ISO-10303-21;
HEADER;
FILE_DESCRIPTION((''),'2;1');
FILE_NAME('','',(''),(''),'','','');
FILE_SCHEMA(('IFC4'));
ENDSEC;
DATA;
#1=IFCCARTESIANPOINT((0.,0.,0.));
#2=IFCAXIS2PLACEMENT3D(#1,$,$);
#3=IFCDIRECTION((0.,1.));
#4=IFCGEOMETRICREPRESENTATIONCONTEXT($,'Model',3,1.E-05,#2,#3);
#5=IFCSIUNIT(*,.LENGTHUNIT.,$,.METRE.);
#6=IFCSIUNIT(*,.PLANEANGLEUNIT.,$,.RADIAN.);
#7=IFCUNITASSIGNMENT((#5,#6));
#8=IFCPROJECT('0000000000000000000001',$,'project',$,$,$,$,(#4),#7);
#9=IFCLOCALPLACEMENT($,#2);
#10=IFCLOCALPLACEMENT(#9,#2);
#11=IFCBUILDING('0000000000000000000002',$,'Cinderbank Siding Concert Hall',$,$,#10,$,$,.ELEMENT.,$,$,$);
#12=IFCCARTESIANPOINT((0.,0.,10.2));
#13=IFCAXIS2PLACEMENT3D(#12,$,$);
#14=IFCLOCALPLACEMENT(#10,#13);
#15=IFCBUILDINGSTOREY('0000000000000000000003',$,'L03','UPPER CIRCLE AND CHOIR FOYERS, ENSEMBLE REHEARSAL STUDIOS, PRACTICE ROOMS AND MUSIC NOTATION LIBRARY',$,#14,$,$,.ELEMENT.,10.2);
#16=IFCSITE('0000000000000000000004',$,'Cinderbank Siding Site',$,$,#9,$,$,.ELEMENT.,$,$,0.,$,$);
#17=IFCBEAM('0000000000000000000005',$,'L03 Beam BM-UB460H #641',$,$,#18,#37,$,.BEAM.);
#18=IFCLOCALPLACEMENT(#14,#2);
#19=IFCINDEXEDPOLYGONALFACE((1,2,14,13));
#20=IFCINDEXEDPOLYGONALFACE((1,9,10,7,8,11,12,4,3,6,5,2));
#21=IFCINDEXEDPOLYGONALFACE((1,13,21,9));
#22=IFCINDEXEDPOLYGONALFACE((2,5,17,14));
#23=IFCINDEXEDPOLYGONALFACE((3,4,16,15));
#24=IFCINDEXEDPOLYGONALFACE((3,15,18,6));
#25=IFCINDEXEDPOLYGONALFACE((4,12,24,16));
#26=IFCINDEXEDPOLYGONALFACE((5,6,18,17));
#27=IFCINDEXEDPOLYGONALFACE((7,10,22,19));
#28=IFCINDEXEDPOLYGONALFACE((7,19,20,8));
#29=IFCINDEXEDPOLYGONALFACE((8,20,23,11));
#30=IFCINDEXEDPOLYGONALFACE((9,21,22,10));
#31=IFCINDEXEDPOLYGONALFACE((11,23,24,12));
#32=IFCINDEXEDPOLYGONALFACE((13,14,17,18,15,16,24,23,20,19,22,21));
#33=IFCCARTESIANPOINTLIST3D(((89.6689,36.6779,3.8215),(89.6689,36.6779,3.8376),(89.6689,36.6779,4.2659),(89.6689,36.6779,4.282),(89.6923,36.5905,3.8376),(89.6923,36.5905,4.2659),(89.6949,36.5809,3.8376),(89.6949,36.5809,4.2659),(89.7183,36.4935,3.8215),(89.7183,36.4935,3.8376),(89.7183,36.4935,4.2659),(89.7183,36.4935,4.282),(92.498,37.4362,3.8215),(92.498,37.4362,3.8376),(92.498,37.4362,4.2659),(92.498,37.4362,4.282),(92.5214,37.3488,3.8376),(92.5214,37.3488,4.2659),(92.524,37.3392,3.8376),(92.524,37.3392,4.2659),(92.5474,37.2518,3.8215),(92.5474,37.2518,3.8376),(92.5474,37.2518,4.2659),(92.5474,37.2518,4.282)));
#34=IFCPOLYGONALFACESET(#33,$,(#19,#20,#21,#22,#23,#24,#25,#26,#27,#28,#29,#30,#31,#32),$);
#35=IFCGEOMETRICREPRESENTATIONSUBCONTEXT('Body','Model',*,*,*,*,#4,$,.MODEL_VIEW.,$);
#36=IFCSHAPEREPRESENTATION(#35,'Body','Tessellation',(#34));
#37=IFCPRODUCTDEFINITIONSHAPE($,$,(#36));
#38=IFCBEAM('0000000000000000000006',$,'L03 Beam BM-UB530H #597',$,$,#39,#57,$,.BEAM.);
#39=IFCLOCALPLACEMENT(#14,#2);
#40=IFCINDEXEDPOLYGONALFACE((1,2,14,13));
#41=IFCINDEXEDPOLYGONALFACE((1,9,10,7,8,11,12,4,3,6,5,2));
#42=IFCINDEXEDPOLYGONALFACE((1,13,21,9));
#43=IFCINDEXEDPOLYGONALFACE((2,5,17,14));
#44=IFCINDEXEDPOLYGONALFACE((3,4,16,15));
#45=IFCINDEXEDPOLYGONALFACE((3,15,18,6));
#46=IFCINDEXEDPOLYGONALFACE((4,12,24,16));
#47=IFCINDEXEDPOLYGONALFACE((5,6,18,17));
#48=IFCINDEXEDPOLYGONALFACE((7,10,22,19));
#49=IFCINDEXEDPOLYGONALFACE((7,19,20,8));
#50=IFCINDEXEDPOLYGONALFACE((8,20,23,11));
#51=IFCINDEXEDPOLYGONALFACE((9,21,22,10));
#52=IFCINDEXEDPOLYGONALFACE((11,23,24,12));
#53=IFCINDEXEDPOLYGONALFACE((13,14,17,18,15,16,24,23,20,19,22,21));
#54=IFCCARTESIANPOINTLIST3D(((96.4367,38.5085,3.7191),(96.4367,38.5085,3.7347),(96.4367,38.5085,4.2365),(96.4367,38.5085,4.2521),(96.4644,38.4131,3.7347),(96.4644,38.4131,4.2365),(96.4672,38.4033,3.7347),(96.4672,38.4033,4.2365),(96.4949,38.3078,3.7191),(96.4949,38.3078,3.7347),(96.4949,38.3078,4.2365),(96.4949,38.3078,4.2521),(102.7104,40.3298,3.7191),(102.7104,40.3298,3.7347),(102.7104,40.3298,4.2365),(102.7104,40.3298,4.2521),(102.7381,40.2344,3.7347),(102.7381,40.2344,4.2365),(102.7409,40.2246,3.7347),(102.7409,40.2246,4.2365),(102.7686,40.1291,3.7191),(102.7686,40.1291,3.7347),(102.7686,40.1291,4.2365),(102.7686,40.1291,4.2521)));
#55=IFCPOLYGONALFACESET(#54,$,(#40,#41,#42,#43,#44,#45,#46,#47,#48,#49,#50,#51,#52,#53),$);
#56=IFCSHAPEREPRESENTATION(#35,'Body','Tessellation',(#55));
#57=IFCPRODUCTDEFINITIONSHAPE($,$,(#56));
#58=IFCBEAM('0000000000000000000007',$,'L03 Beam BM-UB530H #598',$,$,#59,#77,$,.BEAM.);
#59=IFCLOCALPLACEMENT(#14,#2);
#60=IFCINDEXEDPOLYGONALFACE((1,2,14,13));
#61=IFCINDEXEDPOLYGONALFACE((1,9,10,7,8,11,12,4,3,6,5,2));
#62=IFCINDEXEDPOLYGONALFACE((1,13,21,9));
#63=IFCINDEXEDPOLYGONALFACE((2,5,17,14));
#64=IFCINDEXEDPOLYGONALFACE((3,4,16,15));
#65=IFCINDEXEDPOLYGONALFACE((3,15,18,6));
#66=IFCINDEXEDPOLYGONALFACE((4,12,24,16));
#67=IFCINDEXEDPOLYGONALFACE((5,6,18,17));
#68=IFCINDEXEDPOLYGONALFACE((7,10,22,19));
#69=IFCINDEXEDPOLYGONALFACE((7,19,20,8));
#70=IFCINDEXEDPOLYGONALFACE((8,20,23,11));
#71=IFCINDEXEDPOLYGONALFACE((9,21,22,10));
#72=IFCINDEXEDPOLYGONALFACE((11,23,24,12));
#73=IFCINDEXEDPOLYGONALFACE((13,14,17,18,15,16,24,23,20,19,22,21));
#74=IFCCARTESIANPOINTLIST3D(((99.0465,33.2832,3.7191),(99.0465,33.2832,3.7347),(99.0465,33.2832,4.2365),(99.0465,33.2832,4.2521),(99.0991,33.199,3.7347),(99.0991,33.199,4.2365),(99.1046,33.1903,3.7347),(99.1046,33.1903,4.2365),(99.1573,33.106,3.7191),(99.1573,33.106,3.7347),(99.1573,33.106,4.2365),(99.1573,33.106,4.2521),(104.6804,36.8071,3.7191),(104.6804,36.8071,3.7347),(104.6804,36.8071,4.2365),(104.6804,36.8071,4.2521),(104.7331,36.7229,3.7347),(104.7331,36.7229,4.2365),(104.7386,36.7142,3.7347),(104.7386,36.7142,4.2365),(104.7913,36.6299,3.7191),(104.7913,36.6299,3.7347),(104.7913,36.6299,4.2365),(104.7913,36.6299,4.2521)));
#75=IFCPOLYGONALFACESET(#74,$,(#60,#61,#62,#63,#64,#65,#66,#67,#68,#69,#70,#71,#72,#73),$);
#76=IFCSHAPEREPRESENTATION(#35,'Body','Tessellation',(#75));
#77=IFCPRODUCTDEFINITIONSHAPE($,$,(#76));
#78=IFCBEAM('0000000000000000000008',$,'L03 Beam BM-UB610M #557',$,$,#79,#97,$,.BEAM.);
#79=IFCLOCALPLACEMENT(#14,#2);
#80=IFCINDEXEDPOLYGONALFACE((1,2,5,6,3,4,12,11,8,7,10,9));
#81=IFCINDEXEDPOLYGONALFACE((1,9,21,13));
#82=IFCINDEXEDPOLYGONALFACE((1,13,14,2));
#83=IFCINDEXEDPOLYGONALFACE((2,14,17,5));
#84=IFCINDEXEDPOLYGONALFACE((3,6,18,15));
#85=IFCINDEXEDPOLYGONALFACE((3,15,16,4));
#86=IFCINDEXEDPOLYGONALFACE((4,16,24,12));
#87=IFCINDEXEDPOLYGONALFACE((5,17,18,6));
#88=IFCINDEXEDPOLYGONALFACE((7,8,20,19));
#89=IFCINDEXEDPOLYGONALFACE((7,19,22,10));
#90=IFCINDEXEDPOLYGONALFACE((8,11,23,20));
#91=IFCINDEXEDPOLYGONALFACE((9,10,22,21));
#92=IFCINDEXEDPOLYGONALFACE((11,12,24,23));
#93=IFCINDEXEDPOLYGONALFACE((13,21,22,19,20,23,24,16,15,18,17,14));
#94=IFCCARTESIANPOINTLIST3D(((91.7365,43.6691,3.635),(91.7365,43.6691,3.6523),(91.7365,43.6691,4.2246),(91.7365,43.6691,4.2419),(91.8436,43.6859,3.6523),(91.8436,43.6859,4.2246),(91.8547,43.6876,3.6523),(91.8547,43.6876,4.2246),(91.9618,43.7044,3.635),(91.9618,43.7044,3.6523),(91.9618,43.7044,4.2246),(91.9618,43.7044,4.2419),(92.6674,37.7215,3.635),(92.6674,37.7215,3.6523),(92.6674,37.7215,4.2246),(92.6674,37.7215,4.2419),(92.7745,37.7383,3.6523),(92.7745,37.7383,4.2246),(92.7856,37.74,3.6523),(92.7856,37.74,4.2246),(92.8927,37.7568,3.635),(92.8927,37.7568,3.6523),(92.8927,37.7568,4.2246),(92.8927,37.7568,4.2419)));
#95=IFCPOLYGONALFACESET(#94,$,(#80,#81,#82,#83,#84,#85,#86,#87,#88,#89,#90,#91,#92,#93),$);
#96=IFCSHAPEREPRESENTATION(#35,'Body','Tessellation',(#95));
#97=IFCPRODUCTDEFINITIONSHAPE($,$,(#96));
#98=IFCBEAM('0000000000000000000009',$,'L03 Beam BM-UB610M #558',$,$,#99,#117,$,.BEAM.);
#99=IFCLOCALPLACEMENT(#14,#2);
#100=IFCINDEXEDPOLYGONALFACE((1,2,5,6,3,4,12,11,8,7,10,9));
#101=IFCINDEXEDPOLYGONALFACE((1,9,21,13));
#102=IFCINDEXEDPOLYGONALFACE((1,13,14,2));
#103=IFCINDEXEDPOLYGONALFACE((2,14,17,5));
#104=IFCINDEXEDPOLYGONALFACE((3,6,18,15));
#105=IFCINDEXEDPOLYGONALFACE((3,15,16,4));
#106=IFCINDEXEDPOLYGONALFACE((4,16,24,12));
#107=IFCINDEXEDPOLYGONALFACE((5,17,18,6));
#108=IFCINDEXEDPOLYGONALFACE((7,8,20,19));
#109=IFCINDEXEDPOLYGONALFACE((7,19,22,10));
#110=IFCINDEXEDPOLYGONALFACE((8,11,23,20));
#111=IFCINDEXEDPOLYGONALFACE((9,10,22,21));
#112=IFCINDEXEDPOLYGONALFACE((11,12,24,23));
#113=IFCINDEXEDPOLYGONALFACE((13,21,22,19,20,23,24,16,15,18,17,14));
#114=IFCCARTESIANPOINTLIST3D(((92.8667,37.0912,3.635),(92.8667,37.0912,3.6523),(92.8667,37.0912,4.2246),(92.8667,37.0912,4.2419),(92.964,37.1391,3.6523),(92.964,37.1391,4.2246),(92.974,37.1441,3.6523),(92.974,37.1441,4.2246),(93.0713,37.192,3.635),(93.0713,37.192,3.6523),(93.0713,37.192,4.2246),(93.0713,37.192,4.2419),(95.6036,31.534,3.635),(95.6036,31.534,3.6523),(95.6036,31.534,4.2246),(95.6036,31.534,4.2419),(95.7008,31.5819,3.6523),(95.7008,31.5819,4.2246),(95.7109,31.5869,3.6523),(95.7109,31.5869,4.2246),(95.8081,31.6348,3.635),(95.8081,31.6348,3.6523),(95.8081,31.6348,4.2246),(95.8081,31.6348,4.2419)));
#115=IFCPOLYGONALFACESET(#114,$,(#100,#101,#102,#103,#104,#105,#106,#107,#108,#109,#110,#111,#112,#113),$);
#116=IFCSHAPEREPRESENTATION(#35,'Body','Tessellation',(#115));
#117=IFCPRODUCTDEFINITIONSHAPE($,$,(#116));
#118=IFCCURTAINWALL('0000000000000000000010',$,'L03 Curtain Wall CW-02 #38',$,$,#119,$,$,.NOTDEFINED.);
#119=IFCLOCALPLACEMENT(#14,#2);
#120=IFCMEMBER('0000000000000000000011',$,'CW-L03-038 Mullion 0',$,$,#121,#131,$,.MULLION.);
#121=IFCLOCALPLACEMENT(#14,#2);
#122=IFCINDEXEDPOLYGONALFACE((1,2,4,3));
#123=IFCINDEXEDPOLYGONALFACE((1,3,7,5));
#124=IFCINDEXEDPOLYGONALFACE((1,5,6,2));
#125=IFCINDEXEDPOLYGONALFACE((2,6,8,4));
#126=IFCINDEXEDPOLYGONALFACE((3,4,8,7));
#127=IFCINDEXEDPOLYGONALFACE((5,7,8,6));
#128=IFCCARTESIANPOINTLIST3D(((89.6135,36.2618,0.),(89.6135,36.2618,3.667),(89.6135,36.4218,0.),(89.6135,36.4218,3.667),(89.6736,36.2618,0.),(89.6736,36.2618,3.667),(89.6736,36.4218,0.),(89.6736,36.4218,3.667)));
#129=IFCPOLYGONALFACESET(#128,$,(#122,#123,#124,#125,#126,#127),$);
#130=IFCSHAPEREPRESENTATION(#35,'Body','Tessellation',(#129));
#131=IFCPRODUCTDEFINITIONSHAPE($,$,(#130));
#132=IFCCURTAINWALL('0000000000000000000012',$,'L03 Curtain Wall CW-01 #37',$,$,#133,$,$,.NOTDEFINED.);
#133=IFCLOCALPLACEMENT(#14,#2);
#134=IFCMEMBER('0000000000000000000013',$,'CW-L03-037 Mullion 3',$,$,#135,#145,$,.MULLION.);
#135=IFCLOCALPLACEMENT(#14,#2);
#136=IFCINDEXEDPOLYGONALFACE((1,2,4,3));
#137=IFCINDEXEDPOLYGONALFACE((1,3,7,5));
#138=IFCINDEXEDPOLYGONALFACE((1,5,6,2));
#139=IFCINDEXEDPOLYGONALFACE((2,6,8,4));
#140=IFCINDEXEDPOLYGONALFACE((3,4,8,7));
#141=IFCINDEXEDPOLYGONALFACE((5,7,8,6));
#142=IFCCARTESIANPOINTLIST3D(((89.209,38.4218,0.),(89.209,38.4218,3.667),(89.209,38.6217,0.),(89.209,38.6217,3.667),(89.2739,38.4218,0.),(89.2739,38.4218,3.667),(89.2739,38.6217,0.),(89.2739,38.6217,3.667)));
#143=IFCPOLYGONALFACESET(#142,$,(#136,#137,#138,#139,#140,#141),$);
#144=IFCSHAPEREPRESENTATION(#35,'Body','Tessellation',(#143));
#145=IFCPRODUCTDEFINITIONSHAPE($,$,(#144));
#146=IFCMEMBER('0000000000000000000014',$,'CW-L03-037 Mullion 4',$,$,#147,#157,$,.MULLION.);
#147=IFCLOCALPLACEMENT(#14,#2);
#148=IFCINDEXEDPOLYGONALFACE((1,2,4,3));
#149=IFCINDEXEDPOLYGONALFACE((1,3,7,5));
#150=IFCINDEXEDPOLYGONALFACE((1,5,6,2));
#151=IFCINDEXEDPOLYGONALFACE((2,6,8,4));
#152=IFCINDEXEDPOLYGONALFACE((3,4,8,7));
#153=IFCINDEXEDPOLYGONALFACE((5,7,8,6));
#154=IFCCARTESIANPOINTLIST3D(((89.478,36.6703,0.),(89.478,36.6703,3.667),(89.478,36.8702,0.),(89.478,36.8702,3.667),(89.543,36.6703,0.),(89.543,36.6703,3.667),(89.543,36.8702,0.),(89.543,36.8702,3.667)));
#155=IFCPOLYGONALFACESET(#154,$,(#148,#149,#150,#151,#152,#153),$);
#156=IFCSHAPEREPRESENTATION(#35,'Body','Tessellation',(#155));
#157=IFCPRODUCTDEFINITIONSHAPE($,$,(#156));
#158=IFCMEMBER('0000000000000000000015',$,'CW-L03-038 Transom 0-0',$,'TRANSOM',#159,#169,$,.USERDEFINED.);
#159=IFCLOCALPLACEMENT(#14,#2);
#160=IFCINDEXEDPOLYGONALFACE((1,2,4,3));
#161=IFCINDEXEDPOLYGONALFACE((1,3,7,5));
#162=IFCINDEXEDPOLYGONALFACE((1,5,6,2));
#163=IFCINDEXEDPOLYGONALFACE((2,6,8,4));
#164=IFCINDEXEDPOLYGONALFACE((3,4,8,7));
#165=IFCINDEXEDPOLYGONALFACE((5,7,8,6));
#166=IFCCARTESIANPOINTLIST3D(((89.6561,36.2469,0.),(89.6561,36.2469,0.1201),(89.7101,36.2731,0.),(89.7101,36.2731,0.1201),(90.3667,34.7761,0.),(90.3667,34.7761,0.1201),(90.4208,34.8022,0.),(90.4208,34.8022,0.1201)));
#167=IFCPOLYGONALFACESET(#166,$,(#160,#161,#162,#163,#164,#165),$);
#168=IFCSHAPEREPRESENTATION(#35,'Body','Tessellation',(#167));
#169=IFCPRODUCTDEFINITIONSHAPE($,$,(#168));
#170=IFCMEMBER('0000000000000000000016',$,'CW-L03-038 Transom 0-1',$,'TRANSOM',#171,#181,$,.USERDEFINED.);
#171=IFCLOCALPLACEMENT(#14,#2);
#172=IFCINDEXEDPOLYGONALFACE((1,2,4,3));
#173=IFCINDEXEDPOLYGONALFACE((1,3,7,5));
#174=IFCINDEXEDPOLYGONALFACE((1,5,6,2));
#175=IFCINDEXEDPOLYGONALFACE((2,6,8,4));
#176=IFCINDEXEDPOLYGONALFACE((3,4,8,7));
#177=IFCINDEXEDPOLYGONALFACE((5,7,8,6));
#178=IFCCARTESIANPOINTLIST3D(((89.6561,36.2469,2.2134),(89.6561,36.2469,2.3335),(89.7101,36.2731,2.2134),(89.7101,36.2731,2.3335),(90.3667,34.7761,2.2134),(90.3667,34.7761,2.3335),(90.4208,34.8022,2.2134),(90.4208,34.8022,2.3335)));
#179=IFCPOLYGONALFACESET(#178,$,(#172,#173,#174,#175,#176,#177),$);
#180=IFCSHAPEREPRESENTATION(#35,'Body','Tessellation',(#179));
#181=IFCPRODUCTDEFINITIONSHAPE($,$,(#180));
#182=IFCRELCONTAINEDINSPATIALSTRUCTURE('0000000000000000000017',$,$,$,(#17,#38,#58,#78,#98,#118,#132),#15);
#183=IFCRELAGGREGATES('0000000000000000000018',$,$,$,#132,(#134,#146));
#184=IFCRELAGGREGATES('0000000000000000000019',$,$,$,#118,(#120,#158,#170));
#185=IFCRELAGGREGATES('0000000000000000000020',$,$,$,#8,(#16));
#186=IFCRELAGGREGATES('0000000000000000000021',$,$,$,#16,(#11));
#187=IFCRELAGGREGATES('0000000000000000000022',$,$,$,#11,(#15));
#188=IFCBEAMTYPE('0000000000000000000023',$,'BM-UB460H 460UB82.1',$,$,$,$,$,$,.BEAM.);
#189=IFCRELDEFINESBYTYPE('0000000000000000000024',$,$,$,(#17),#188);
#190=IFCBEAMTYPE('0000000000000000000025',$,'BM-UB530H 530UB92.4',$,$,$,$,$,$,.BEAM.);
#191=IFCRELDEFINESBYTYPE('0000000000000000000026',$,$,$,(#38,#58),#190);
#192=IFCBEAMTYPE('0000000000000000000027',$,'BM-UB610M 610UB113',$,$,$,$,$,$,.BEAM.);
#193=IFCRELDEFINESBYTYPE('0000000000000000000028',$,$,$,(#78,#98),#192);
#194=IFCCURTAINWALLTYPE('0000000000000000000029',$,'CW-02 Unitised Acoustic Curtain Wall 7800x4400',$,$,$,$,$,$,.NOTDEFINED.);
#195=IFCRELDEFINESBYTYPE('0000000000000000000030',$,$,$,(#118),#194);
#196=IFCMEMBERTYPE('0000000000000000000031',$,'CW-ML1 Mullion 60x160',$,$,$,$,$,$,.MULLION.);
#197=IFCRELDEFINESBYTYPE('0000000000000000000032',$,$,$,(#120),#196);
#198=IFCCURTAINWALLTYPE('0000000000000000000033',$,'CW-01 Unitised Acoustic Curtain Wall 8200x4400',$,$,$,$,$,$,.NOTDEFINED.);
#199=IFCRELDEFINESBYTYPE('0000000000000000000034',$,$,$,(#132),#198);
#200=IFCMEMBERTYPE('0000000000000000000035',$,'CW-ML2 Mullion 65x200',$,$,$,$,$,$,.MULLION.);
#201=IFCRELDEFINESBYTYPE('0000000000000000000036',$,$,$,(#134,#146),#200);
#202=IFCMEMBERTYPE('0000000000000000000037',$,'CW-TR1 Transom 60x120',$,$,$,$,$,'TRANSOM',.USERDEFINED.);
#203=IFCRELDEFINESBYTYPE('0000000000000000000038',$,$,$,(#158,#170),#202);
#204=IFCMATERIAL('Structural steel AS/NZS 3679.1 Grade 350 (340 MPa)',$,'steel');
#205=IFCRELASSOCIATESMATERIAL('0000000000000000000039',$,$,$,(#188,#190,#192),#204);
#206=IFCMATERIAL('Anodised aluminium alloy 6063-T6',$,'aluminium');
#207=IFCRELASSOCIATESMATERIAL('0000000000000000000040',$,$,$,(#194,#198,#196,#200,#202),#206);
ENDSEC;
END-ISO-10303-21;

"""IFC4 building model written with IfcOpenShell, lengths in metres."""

from ifc_helpers import new_model, si_unit, direction, frame, origin, origin_2d, place, context, subcontext, project, spatial, rectangle, i_section, extrude, material, material_profile, profile_set, type_object, element, aggregate, save


model = new_model("IFC4")

# Units and contexts
model_context = context("Model", 3, precision=1e-05, world=origin(), true_north=direction((0.0, 1.0)))
body_context = subcontext(model_context, "Body", "Model", "MODEL_VIEW")
ifc_project = project(units=[si_unit("LENGTHUNIT", "METRE"), si_unit("PLANEANGLEUNIT", "RADIAN")], contexts=[model_context])

# Site, building, storey
site_placement = place(None, origin())
site = spatial("IfcSite", under=ifc_project, at=site_placement, Name="Cinderbank Siding Site", CompositionType="ELEMENT", RefElevation=0.0)
building_placement = place(site_placement, origin())
building = spatial("IfcBuilding", under=site, at=building_placement, Name="Cinderbank Siding Concert Hall", CompositionType="ELEMENT")
storey_placement = place(building_placement, frame((0.0, 0.0, 10.2)))
storey = spatial("IfcBuildingStorey", under=building, at=storey_placement, Name="L03", Description="UPPER CIRCLE AND CHOIR FOYERS, ENSEMBLE REHEARSAL STUDIOS, PRACTICE ROOMS AND MUSIC NOTATION LIBRARY", CompositionType="ELEMENT", Elevation=10.2)

# Beams
ifc_material_1 = material(Name="Structural steel AS/NZS 3679.1 Grade 350 (340 MPa)", Category="steel")
ifc_material_profile_1 = material_profile(ifc_material_1, i_section(OverallWidth=0.1909, OverallDepth=0.4604, WebThickness=0.01, FlangeThickness=0.0161, at=origin_2d()), Name="460UB82.1", Category="LoadBearing")
ifc_profile_set_1 = profile_set([ifc_material_profile_1], Name="Structural steel AS/NZS 3679.1 Grade 350 (340 MPa)")
beam_type_1 = type_object("IfcBeamType", Name="BM-UB460H 460UB82.1", PredefinedType="BEAM", material=ifc_profile_set_1)
beam_1_placement = place(storey_placement, frame((92.5227, 37.344, 4.0518), z_axis=(-0.965905, -0.258897, 0.0), x_axis=(0.258897, -0.965905, 0.0)))
element("IfcBeam", 1, at=beam_1_placement, inside=storey, type_object=beam_type_1, Name="L03 Beam BM-UB460H #641", PredefinedType="BEAM", context=body_context, shape_type="SweptSolid", body=[
    extrude(i_section(OverallWidth=0.1909, OverallDepth=0.4604, WebThickness=0.01, FlangeThickness=0.0161, at=origin_2d()), origin(), (0.0, 0.0, 1.0), 2.929),
])
ifc_material_profile_2 = material_profile(ifc_material_1, i_section(OverallWidth=0.209, OverallDepth=0.533, WebThickness=0.0103, FlangeThickness=0.0156, at=origin_2d()), Name="530UB92.4", Category="LoadBearing")
ifc_profile_set_2 = profile_set([ifc_material_profile_2], Name="Structural steel AS/NZS 3679.1 Grade 350 (340 MPa)")
beam_type_2 = type_object("IfcBeamType", Name="BM-UB530H 530UB92.4", PredefinedType="BEAM", material=ifc_profile_set_2)
beam_2_placement = place(storey_placement, frame((102.7395, 40.2295, 3.9856), z_axis=(-0.96035, -0.278796, 0.0), x_axis=(0.278796, -0.96035, 0.0)))
element("IfcBeam", 2, at=beam_2_placement, inside=storey, type_object=beam_type_2, Name="L03 Beam BM-UB530H #597", PredefinedType="BEAM", context=body_context, shape_type="SweptSolid", body=[
    extrude(i_section(OverallWidth=0.209, OverallDepth=0.533, WebThickness=0.0103, FlangeThickness=0.0156, at=origin_2d()), origin(), (0.0, 0.0, 1.0), 6.5327),
])
beam_3_placement = place(storey_placement, frame((104.7358, 36.7185, 3.9856), z_axis=(-0.847819, -0.530286, 0.0), x_axis=(0.530286, -0.847819, 0.0)))
element("IfcBeam", 3, at=beam_3_placement, inside=storey, type_object=beam_type_2, Name="L03 Beam BM-UB530H #598", PredefinedType="BEAM", context=body_context, shape_type="SweptSolid", body=[
    extrude(i_section(OverallWidth=0.209, OverallDepth=0.533, WebThickness=0.0103, FlangeThickness=0.0156, at=origin_2d()), origin(), (0.0, 0.0, 1.0), 6.6453),
])
ifc_material_profile_3 = material_profile(ifc_material_1, i_section(OverallWidth=0.228, OverallDepth=0.6069, WebThickness=0.0112, FlangeThickness=0.0173, at=origin_2d()), Name="610UB113", Category="LoadBearing")
ifc_profile_set_3 = profile_set([ifc_material_profile_3], Name="Structural steel AS/NZS 3679.1 Grade 350 (340 MPa)")
beam_type_3 = type_object("IfcBeamType", Name="BM-UB610M 610UB113", PredefinedType="BEAM", material=ifc_profile_set_3)
beam_4_placement = place(storey_placement, frame((91.8491, 43.6868, 3.9385), z_axis=(0.154638, -0.987971, 0.0), x_axis=(0.987971, 0.154638, 0.0)))
element("IfcBeam", 4, at=beam_4_placement, inside=storey, type_object=beam_type_3, Name="L03 Beam BM-UB610M #557", PredefinedType="BEAM", context=body_context, shape_type="SweptSolid", body=[
    extrude(i_section(OverallWidth=0.228, OverallDepth=0.6069, WebThickness=0.0112, FlangeThickness=0.0173, at=origin_2d()), origin(), (0.0, 0.0, 1.0), 6.02),
])
beam_5_placement = place(storey_placement, frame((92.969, 37.1416, 3.9385), z_axis=(0.441814, -0.897107, 0.0), x_axis=(0.897107, 0.441814, 0.0)))
element("IfcBeam", 5, at=beam_5_placement, inside=storey, type_object=beam_type_3, Name="L03 Beam BM-UB610M #558", PredefinedType="BEAM", context=body_context, shape_type="SweptSolid", body=[
    extrude(i_section(OverallWidth=0.228, OverallDepth=0.6069, WebThickness=0.0112, FlangeThickness=0.0173, at=origin_2d()), origin(), (0.0, 0.0, 1.0), 6.1946),
])

# Curtain wall, member
ifc_material_2 = material(Name="Anodised aluminium alloy 6063-T6", Category="aluminium")
curtain_wall_type_1 = type_object("IfcCurtainWallType", Name="CW-02 Unitised Acoustic Curtain Wall 7800x4400", PredefinedType="NOTDEFINED", material=ifc_material_2)
curtain_wall_1_placement = place(storey_placement, origin())
curtain_wall_1 = element("IfcCurtainWall", 6, at=curtain_wall_1_placement, inside=storey, type_object=curtain_wall_type_1, Name="L03 Curtain Wall CW-02 #38", PredefinedType="NOTDEFINED")
ifc_material_profile_4 = material_profile(ifc_material_2, rectangle(XDim=0.0601, YDim=0.1599, at=origin_2d()), Name="ALU-MULL-60x160", Category="LoadBearing")
ifc_profile_set_4 = profile_set([ifc_material_profile_4], Name="Anodised aluminium alloy 6063-T6")
member_type_1 = type_object("IfcMemberType", Name="CW-ML1 Mullion 60x160", PredefinedType="MULLION", material=ifc_profile_set_4)
member_1_placement = place(storey_placement, frame((89.6436, 36.3418, 0.0), z_axis=(0.0, 0.0, 1.0), x_axis=(1.0, 0.0, 0.0)))
member_1 = element("IfcMember", 7, at=member_1_placement, type_object=member_type_1, Name="CW-L03-038 Mullion 0", PredefinedType="MULLION", context=body_context, shape_type="SweptSolid", body=[
    extrude(rectangle(XDim=0.0601, YDim=0.1599, at=origin_2d()), origin(), (0.0, 0.0, 1.0), 3.667),
])

# Curtain wall, members
curtain_wall_type_2 = type_object("IfcCurtainWallType", Name="CW-01 Unitised Acoustic Curtain Wall 8200x4400", PredefinedType="NOTDEFINED", material=ifc_material_2)
curtain_wall_2_placement = place(storey_placement, origin())
curtain_wall_2 = element("IfcCurtainWall", 8, at=curtain_wall_2_placement, inside=storey, type_object=curtain_wall_type_2, Name="L03 Curtain Wall CW-01 #37", PredefinedType="NOTDEFINED")
ifc_material_profile_5 = material_profile(ifc_material_2, rectangle(XDim=0.0649, YDim=0.2, at=origin_2d()), Name="ALU-MULL-65x200", Category="LoadBearing")
ifc_profile_set_5 = profile_set([ifc_material_profile_5], Name="Anodised aluminium alloy 6063-T6")
member_type_2 = type_object("IfcMemberType", Name="CW-ML2 Mullion 65x200", PredefinedType="MULLION", material=ifc_profile_set_5)
member_2_placement = place(storey_placement, frame((89.2415, 38.5217, 0.0), z_axis=(0.0, 0.0, 1.0), x_axis=(1.0, 0.0, 0.0)))
member_2 = element("IfcMember", 9, at=member_2_placement, type_object=member_type_2, Name="CW-L03-037 Mullion 3", PredefinedType="MULLION", context=body_context, shape_type="SweptSolid", body=[
    extrude(rectangle(XDim=0.0649, YDim=0.2, at=origin_2d()), origin(), (0.0, 0.0, 1.0), 3.667),
])
member_3_placement = place(storey_placement, frame((89.5105, 36.7703, 0.0), z_axis=(0.0, 0.0, 1.0), x_axis=(1.0, 0.0, 0.0)))
member_3 = element("IfcMember", 10, at=member_3_placement, type_object=member_type_2, Name="CW-L03-037 Mullion 4", PredefinedType="MULLION", context=body_context, shape_type="SweptSolid", body=[
    extrude(rectangle(XDim=0.0649, YDim=0.2, at=origin_2d()), origin(), (0.0, 0.0, 1.0), 3.667),
])

# Members
ifc_material_profile_6 = material_profile(ifc_material_2, rectangle(XDim=0.0601, YDim=0.1201, at=origin_2d()), Name="ALU-TRAN-60x120", Category="LoadBearing")
ifc_profile_set_6 = profile_set([ifc_material_profile_6], Name="Anodised aluminium alloy 6063-T6")
member_type_3 = type_object("IfcMemberType", Name="CW-TR1 Transom 60x120", ElementType="TRANSOM", PredefinedType="USERDEFINED", material=ifc_profile_set_6)
member_4_placement = place(storey_placement, frame((89.6831, 36.26, 0.0601), z_axis=(0.435037, -0.900412, 0.0), x_axis=(0.900412, 0.435037, 0.0)))
member_4 = element("IfcMember", 11, at=member_4_placement, type_object=member_type_3, Name="CW-L03-038 Transom 0-0", ObjectType="TRANSOM", PredefinedType="USERDEFINED", context=body_context, shape_type="SweptSolid", body=[
    extrude(rectangle(XDim=0.0601, YDim=0.1201, at=origin_2d()), origin(), (0.0, 0.0, 1.0), 1.6335),
])
member_5_placement = place(storey_placement, frame((89.6831, 36.26, 2.2734), z_axis=(0.435037, -0.900412, 0.0), x_axis=(0.900412, 0.435037, 0.0)))
member_5 = element("IfcMember", 12, at=member_5_placement, type_object=member_type_3, Name="CW-L03-038 Transom 0-1", ObjectType="TRANSOM", PredefinedType="USERDEFINED", context=body_context, shape_type="SweptSolid", body=[
    extrude(rectangle(XDim=0.0601, YDim=0.1201, at=origin_2d()), origin(), (0.0, 0.0, 1.0), 1.6335),
])

aggregate(curtain_wall_2, [member_2, member_3])
aggregate(curtain_wall_1, [member_1, member_4, member_5])

save(model, "model.ifc")
